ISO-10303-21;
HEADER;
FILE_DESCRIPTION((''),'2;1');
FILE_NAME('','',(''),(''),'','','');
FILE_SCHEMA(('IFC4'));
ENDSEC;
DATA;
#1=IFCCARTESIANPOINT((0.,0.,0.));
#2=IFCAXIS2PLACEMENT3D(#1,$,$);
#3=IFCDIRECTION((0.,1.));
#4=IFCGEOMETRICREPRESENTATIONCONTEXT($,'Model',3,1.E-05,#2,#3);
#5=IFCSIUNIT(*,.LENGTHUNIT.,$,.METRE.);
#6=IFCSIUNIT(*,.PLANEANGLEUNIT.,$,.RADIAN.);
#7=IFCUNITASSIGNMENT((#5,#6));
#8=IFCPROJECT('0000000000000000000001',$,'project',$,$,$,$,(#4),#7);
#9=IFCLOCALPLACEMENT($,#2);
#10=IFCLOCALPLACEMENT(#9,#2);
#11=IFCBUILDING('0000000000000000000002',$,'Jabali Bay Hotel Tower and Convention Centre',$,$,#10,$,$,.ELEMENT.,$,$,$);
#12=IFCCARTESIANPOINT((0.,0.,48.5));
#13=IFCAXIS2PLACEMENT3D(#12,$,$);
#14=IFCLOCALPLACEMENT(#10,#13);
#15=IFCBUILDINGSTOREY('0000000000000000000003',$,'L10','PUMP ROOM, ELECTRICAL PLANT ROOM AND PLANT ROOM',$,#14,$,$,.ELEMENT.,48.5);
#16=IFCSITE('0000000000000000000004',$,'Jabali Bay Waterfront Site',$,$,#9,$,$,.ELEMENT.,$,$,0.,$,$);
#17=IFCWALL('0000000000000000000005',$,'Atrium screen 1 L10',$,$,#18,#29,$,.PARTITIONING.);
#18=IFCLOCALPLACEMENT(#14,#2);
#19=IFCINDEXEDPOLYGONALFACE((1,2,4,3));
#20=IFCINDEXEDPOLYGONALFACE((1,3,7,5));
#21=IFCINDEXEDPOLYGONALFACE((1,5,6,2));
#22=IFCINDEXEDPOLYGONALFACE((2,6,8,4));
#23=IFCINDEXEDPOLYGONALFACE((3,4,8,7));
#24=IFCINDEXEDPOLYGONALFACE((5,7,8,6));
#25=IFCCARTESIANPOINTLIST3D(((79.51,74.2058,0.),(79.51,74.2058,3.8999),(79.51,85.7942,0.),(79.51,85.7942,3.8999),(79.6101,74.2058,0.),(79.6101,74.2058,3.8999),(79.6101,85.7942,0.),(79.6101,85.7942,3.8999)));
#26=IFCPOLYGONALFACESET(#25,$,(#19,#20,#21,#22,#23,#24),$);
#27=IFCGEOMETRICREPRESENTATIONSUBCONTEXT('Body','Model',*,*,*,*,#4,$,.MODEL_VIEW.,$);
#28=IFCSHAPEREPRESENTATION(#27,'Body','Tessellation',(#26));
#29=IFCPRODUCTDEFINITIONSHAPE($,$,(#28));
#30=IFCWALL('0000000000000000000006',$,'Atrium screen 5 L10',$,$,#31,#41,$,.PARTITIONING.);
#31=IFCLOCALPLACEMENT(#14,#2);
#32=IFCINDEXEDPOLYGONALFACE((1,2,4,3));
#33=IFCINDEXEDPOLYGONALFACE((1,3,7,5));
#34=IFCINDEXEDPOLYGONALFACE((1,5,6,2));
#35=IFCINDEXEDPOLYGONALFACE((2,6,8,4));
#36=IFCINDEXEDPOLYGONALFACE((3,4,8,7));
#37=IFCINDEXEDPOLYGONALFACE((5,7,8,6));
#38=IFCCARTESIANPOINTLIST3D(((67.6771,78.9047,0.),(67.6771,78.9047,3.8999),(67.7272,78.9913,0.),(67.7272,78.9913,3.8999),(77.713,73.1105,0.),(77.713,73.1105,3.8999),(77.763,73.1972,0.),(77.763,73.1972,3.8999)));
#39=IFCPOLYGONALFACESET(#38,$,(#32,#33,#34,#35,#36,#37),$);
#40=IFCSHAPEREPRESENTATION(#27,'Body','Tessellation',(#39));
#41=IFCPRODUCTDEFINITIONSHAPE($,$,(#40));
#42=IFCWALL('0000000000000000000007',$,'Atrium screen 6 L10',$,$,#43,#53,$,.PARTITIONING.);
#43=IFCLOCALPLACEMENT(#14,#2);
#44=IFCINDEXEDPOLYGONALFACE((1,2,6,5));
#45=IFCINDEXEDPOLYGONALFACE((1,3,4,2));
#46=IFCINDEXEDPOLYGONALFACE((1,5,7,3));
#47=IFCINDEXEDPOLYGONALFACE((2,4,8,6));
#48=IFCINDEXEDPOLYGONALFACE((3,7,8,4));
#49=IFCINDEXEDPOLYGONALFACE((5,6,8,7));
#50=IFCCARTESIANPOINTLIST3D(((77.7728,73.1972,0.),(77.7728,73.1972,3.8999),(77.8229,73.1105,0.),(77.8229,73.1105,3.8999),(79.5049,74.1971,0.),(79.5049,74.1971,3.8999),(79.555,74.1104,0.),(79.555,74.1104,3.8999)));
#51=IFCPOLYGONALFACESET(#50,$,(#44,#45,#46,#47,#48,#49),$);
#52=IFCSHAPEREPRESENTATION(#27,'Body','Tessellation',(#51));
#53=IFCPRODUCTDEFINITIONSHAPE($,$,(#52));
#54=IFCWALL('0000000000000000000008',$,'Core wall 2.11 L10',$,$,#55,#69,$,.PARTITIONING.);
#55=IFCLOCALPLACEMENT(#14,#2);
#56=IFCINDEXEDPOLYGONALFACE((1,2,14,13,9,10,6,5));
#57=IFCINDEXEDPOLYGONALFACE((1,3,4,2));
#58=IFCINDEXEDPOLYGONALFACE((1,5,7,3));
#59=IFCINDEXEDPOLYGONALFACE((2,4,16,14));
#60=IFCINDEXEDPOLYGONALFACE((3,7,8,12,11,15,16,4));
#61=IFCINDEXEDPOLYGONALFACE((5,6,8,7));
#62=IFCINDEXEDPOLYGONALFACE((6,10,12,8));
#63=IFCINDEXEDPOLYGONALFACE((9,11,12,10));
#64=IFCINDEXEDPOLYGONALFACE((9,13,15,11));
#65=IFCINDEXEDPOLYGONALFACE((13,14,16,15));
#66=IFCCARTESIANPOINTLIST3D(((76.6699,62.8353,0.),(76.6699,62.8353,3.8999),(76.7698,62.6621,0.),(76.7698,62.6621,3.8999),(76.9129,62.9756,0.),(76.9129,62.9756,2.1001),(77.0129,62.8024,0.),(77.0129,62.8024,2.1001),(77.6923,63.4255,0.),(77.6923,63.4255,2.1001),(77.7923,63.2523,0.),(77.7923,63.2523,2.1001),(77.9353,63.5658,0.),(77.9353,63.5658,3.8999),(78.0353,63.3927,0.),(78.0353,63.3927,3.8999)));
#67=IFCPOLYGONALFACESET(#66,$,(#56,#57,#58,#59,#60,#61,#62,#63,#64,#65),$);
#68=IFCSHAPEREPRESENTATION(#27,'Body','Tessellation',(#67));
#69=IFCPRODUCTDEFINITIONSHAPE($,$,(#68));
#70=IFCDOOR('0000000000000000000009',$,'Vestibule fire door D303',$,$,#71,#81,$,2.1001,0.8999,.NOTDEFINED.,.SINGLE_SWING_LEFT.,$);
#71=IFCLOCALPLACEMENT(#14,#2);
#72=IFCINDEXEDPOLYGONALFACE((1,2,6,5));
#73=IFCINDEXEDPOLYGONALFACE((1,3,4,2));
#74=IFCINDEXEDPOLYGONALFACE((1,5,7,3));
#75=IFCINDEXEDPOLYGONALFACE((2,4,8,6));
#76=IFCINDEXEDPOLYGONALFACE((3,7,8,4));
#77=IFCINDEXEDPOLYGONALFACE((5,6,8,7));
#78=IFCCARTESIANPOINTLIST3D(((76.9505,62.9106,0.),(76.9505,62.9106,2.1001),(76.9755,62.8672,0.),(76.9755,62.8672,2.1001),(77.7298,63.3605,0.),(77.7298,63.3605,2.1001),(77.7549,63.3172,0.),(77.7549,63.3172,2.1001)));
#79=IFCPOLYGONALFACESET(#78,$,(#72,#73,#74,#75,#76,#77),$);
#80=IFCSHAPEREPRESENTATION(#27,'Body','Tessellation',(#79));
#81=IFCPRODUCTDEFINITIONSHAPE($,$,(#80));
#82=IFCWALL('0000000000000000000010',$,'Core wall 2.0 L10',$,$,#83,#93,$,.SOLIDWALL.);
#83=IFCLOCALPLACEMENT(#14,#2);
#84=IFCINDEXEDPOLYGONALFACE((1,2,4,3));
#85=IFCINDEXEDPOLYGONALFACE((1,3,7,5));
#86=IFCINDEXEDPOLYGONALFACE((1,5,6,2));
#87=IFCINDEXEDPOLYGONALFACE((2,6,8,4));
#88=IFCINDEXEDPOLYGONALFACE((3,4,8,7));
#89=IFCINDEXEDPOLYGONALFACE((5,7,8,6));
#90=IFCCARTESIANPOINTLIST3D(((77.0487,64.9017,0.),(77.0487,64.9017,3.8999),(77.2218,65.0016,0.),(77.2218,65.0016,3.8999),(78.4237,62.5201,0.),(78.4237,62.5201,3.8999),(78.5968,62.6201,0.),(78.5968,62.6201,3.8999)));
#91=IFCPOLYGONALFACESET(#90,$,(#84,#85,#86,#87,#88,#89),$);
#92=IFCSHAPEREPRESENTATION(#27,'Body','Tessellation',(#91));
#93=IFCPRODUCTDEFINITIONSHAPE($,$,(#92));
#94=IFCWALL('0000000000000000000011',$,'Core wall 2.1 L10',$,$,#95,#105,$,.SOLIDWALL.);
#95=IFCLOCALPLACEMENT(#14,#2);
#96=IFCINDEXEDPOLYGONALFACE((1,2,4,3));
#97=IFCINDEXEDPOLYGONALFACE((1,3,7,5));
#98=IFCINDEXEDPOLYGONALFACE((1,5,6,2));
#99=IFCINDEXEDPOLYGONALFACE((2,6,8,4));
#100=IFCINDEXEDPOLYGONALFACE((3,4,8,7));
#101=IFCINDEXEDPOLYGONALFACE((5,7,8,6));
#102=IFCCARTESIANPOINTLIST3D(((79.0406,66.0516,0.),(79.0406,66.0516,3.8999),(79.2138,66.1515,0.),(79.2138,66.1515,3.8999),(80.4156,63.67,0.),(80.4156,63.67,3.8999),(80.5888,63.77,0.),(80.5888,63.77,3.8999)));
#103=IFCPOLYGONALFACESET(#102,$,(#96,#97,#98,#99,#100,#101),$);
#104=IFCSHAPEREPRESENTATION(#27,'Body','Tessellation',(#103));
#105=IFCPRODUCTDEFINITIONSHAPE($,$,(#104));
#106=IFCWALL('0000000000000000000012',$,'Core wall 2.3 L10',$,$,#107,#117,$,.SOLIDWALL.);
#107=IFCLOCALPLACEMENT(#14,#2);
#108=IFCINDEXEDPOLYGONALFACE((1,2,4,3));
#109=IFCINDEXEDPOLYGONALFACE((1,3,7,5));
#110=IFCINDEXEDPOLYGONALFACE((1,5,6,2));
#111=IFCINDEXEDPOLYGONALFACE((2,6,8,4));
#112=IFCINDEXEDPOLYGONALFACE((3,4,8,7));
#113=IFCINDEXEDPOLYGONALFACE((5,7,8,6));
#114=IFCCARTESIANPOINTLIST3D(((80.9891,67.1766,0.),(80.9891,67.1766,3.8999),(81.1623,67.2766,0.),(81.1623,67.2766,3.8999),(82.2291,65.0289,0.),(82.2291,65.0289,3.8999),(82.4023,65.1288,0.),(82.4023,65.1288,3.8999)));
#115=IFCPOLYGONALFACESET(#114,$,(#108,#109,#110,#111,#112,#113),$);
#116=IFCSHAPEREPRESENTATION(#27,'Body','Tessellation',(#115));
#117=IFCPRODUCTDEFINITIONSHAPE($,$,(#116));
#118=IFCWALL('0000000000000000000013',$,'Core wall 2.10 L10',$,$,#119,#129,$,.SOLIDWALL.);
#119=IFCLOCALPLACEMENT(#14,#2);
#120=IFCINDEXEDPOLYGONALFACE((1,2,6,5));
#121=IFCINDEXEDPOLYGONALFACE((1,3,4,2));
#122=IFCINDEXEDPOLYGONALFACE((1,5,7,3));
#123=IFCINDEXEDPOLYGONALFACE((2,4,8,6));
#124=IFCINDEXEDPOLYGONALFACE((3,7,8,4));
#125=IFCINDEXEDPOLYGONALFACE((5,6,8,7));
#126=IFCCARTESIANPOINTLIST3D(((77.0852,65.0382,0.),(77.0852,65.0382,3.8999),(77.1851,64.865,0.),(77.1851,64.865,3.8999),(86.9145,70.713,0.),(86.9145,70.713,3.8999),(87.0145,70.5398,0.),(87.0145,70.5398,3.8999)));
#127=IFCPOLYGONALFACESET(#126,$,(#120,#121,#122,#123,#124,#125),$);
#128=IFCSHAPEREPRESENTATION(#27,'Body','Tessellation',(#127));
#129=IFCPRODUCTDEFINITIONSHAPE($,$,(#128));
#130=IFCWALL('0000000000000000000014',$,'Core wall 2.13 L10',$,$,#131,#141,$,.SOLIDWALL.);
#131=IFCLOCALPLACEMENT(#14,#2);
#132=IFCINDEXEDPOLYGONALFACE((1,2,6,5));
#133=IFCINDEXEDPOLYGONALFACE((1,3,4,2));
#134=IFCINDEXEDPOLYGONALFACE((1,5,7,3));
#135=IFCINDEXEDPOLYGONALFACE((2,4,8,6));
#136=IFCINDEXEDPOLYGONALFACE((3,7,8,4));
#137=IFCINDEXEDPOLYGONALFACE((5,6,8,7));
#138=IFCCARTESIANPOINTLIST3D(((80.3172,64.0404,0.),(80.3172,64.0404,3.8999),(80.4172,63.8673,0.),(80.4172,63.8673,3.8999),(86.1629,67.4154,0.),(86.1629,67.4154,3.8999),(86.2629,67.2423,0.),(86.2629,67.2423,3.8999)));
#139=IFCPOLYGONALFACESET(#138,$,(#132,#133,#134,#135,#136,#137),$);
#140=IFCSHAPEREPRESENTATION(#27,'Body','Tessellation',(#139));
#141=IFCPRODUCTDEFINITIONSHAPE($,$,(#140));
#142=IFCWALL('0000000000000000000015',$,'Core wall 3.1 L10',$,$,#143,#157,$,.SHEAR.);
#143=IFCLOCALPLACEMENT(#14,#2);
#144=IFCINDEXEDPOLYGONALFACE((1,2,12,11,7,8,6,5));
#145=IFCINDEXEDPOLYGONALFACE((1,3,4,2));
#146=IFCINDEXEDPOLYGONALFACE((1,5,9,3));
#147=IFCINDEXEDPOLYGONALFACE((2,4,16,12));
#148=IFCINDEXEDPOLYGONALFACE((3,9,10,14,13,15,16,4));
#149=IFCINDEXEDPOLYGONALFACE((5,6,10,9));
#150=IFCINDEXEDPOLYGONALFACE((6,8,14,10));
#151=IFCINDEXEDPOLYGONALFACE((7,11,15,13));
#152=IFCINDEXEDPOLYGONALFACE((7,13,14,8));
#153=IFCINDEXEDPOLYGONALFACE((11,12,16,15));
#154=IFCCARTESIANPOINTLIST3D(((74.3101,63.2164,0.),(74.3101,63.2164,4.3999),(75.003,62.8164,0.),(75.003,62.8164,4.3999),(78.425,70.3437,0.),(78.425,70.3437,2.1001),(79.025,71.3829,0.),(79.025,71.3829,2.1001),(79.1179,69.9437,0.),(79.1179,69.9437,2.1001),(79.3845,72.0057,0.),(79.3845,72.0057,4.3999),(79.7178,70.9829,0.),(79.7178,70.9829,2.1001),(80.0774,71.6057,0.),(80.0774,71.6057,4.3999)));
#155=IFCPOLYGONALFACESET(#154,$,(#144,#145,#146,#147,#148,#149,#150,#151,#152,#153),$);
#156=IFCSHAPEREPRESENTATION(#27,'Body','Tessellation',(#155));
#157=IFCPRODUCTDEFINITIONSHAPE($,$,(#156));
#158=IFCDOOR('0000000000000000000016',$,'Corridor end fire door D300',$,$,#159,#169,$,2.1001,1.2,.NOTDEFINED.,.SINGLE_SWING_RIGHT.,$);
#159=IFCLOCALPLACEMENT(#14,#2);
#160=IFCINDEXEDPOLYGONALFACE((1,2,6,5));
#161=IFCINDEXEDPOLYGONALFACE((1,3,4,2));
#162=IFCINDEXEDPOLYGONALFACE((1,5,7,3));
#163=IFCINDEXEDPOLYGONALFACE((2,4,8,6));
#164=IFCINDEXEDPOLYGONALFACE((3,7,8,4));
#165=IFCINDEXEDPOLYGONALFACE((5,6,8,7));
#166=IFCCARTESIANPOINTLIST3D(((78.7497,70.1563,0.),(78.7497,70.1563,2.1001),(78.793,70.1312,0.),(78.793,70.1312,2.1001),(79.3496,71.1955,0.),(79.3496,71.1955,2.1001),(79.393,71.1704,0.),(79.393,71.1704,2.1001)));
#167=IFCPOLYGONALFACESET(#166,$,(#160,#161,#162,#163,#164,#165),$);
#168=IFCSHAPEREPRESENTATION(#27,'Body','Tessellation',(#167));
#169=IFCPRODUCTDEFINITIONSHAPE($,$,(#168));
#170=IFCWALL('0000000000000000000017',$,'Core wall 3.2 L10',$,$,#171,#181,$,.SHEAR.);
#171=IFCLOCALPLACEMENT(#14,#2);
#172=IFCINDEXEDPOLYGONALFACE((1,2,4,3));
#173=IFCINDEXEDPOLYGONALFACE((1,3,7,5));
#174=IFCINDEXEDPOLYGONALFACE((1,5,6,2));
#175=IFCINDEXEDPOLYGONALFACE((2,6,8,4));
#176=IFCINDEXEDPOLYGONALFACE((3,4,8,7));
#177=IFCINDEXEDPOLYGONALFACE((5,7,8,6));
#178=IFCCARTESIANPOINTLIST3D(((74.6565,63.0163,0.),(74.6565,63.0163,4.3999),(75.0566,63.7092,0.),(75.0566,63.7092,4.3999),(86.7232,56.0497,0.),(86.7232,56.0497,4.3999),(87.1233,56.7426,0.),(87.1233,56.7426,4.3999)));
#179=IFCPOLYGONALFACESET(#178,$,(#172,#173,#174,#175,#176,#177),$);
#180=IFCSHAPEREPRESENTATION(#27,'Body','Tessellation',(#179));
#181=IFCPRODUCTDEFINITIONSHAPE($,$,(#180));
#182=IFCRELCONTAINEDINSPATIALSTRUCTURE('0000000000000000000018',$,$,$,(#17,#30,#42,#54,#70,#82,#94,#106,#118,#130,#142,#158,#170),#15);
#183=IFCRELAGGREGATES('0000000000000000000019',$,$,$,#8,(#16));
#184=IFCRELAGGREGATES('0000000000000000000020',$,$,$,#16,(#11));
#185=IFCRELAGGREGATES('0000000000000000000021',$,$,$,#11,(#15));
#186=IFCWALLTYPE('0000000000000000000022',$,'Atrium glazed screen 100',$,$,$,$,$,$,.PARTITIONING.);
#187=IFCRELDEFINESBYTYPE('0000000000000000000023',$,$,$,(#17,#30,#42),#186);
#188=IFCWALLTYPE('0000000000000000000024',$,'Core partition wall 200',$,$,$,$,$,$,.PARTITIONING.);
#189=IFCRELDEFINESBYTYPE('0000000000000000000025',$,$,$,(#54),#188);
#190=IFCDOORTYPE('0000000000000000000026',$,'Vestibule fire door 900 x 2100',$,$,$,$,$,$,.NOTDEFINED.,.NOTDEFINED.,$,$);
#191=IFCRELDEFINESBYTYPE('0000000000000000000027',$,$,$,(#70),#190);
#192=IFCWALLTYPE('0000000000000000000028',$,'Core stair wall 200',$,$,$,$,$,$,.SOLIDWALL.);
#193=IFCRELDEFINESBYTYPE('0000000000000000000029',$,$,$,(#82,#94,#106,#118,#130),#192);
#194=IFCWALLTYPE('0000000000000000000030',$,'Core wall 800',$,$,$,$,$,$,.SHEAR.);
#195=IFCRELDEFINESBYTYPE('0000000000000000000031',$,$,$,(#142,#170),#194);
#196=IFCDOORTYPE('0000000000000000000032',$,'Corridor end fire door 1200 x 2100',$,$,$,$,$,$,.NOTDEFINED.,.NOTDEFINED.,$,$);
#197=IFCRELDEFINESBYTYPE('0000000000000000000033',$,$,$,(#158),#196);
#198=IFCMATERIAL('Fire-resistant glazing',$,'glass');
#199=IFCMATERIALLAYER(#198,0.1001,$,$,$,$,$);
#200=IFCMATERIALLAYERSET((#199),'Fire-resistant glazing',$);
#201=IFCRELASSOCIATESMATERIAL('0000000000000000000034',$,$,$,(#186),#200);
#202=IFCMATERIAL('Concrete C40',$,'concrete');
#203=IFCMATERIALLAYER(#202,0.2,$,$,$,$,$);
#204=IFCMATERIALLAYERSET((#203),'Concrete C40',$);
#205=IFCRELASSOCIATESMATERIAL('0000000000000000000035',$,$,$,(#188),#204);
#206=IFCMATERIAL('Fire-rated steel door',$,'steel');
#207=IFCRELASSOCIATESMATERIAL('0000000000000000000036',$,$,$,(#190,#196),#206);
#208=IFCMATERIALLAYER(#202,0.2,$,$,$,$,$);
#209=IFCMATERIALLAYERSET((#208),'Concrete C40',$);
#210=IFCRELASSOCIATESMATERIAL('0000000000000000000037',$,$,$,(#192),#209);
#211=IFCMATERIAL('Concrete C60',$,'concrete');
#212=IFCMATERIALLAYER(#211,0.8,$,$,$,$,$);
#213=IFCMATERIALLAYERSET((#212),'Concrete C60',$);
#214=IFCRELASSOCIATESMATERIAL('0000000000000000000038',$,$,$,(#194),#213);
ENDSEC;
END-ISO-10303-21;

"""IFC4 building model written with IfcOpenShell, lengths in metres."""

from ifc_helpers import new_model, si_unit, direction, frame, frame_2d, origin, place, context, subcontext, project, spatial, rectangle, extrude, material, layer, layer_set, type_object, element, fill, save


model = new_model("IFC4")

# Units and contexts
model_context = context("Model", 3, precision=1e-05, world=origin(), true_north=direction((0.0, 1.0)))
body_context = subcontext(model_context, "Body", "Model", "MODEL_VIEW")
ifc_project = project(units=[si_unit("LENGTHUNIT", "METRE"), si_unit("PLANEANGLEUNIT", "RADIAN")], contexts=[model_context])

# Site, building, storey
site_placement = place(None, origin())
site = spatial("IfcSite", under=ifc_project, at=site_placement, Name="Jabali Bay Waterfront Site", CompositionType="ELEMENT", RefElevation=0.0)
building_placement = place(site_placement, origin())
building = spatial("IfcBuilding", under=site, at=building_placement, Name="Jabali Bay Hotel Tower and Convention Centre", CompositionType="ELEMENT")
storey_placement = place(building_placement, frame((0.0, 0.0, 48.5)))
storey = spatial("IfcBuildingStorey", under=building, at=storey_placement, Name="L10", Description="PUMP ROOM, ELECTRICAL PLANT ROOM AND PLANT ROOM", CompositionType="ELEMENT", Elevation=48.5)

# Walls
ifc_material_1 = material(Name="Fire-resistant glazing", Category="glass")
ifc_layer_1 = layer(ifc_material_1, 0.1001)
ifc_layer_set_1 = layer_set([ifc_layer_1], Name="Fire-resistant glazing")
wall_type_1 = type_object("IfcWallType", Name="Atrium glazed screen 100", PredefinedType="PARTITIONING", material=ifc_layer_set_1)
for number, where, z_axis, x_axis, name in (
    (1, (79.5601, 74.2058, 0.0), (0.0, 0.0, 1.0), (0.0, 1.0, 0.0), "Atrium screen 1 L10"),
    (2, (67.7021, 78.948, 0.0), (0.0, 0.0, 1.0), (0.866027, -0.499998, 0.0), "Atrium screen 5 L10"),
):
    element("IfcWall", number, at=place(storey_placement, frame(where, z_axis=z_axis, x_axis=x_axis)), inside=storey, type_object=wall_type_1, Name=name, PredefinedType="PARTITIONING", context=body_context, shape_type="SweptSolid", body=[
        extrude(rectangle(XDim=11.5884, YDim=0.1001, at=frame_2d((5.7942, 0.0))), origin(), (0.0, 0.0, 1.0), 3.8999),
    ])
wall_1_placement = place(storey_placement, frame((77.7979, 73.1538, 0.0), z_axis=(0.0, 0.0, 1.0), x_axis=(0.866041, 0.499973, 0.0)))
element("IfcWall", 3, at=wall_1_placement, inside=storey, type_object=wall_type_1, Name="Atrium screen 6 L10", PredefinedType="PARTITIONING", context=body_context, shape_type="SweptSolid", body=[
    extrude(rectangle(XDim=2.0, YDim=0.1001, at=frame_2d((1.0, 0.0))), origin(), (0.0, 0.0, 1.0), 3.8999),
])

# Wall, opening, door
ifc_material_2 = material(Name="Concrete C40", Category="concrete")
ifc_layer_2 = layer(ifc_material_2, 0.2)
ifc_layer_set_2 = layer_set([ifc_layer_2], Name="Concrete C40")
wall_type_2 = type_object("IfcWallType", Name="Core partition wall 200", PredefinedType="PARTITIONING", material=ifc_layer_set_2)
wall_2_placement = place(storey_placement, frame((76.72, 62.7488, 0.0), z_axis=(0.0, 0.0, 1.0), x_axis=(0.866055, 0.499949, 0.0)))
wall_2 = element("IfcWall", 4, at=wall_2_placement, inside=storey, type_object=wall_type_2, Name="Core wall 2.11 L10", PredefinedType="PARTITIONING", context=body_context, shape_type="SweptSolid", body=[
    extrude(rectangle(XDim=1.4612, YDim=0.2, at=frame_2d((0.7305, 0.0))), origin(), (0.0, 0.0, 1.0), 3.8999),
])
opening_1_placement = place(wall_2_placement, frame((0.2805, 0.0, 0.0)))
opening_1 = element("IfcOpeningElement", 5, at=opening_1_placement, cuts=wall_2, PredefinedType="OPENING", context=body_context, shape_type="SweptSolid", body=[
    extrude(rectangle(XDim=0.8999, YDim=2.1001, at=frame_2d((0.45, 1.05))), frame((0.0, 0.1104, 0.0), z_axis=(0.0, -1.0, 0.0), x_axis=(1.0, 0.0, 0.0)), (0.0, 0.0, 1.0), 0.2209),
])
ifc_material_3 = material(Name="Fire-rated steel door", Category="steel")
door_type_1 = type_object("IfcDoorType", Name="Vestibule fire door 900 x 2100", OperationType="NOTDEFINED", PredefinedType="NOTDEFINED", material=ifc_material_3)
door_1_placement = place(opening_1_placement, origin())
door_1 = element("IfcDoor", 6, at=door_1_placement, inside=storey, type_object=door_type_1, Name="Vestibule fire door D303", OperationType="SINGLE_SWING_LEFT", OverallHeight=2.1001, OverallWidth=0.8999, PredefinedType="NOTDEFINED", context=body_context, shape_type="SweptSolid", body=[
    extrude(rectangle(XDim=0.8999, YDim=2.1001, at=frame_2d((0.45, 1.05))), frame((0.0, 0.0249, 0.0), z_axis=(0.0, -1.0, 0.0), x_axis=(1.0, 0.0, 0.0)), (0.0, 0.0, 1.0), 0.05),
])
fill(opening_1, door_1)

# Walls
ifc_layer_3 = layer(ifc_material_2, 0.2)
ifc_layer_set_3 = layer_set([ifc_layer_3], Name="Concrete C40")
wall_type_3 = type_object("IfcWallType", Name="Core stair wall 200", PredefinedType="SOLIDWALL", material=ifc_layer_set_3)
for number, where, z_axis, x_axis, name in (
    (7, (77.1353, 64.9517, 0.0), (0.0, 0.0, 1.0), (0.499997, -0.866027, 0.0), "Core wall 2.0 L10"),
    (8, (79.1272, 66.1016, 0.0), (0.0, 0.0, 1.0), (0.499997, -0.866027, 0.0), "Core wall 2.1 L10"),
):
    element("IfcWall", number, at=place(storey_placement, frame(where, z_axis=z_axis, x_axis=x_axis)), inside=storey, type_object=wall_type_3, Name=name, PredefinedType="SOLIDWALL", context=body_context, shape_type="SweptSolid", body=[
        extrude(rectangle(XDim=2.75, YDim=0.2, at=frame_2d((1.375, 0.0))), origin(), (0.0, 0.0, 1.0), 3.8999),
    ])
wall_3_placement = place(storey_placement, frame((81.0757, 67.2266, 0.0), z_axis=(0.0, 0.0, 1.0), x_axis=(0.500004, -0.866023, 0.0)))
element("IfcWall", 9, at=wall_3_placement, inside=storey, type_object=wall_type_3, Name="Core wall 2.3 L10", PredefinedType="SOLIDWALL", context=body_context, shape_type="SweptSolid", body=[
    extrude(rectangle(XDim=2.48, YDim=0.2, at=frame_2d((1.24, 0.0))), origin(), (0.0, 0.0, 1.0), 3.8999),
])
wall_4_placement = place(storey_placement, frame((77.1353, 64.9517, 0.0), z_axis=(0.0, 0.0, 1.0), x_axis=(0.866032, 0.499989, 0.0)))
element("IfcWall", 10, at=wall_4_placement, inside=storey, type_object=wall_type_3, Name="Core wall 2.10 L10", PredefinedType="SOLIDWALL", context=body_context, shape_type="SweptSolid", body=[
    extrude(rectangle(XDim=11.3499, YDim=0.2, at=frame_2d((5.6748, 0.0))), origin(), (0.0, 0.0, 1.0), 3.8999),
])
wall_5_placement = place(storey_placement, frame((80.3672, 63.9539, 0.0), z_axis=(0.0, 0.0, 1.0), x_axis=(0.866027, 0.499998, 0.0)))
element("IfcWall", 11, at=wall_5_placement, inside=storey, type_object=wall_type_3, Name="Core wall 2.13 L10", PredefinedType="SOLIDWALL", context=body_context, shape_type="SweptSolid", body=[
    extrude(rectangle(XDim=6.75, YDim=0.2, at=frame_2d((3.375, 0.0))), origin(), (0.0, 0.0, 1.0), 3.8999),
])

# Wall, opening, door
ifc_material_4 = material(Name="Concrete C60", Category="concrete")
ifc_layer_4 = layer(ifc_material_4, 0.8)
ifc_layer_set_4 = layer_set([ifc_layer_4], Name="Concrete C60")
wall_type_4 = type_object("IfcWallType", Name="Core wall 800", PredefinedType="SHEAR", material=ifc_layer_set_4)
wall_6_placement = place(storey_placement, frame((79.731, 71.8057, 0.0), z_axis=(0.0, 0.0, 1.0), x_axis=(-0.499997, -0.866027, 0.0)))
wall_6 = element("IfcWall", 12, at=wall_6_placement, inside=storey, type_object=wall_type_4, Name="Core wall 3.1 L10", PredefinedType="SHEAR", context=body_context, shape_type="SweptSolid", body=[
    extrude(rectangle(XDim=10.1489, YDim=0.8, at=frame_2d((5.0745, 0.0))), origin(), (0.0, 0.0, 1.0), 4.3999),
])
opening_2_placement = place(wall_6_placement, frame((0.719, 0.0, 0.0)))
opening_2 = element("IfcOpeningElement", 13, at=opening_2_placement, cuts=wall_6, PredefinedType="OPENING", context=body_context, shape_type="SweptSolid", body=[
    extrude(rectangle(XDim=1.2, YDim=2.1001, at=frame_2d((0.6001, 1.05))), frame((0.0, 0.4106, 0.0), z_axis=(0.0, -1.0, 0.0), x_axis=(1.0, 0.0, 0.0)), (0.0, 0.0, 1.0), 0.821),
])
door_type_2 = type_object("IfcDoorType", Name="Corridor end fire door 1200 x 2100", OperationType="NOTDEFINED", PredefinedType="NOTDEFINED", material=ifc_material_3)
door_2_placement = place(opening_2_placement, origin())
door_2 = element("IfcDoor", 14, at=door_2_placement, inside=storey, type_object=door_type_2, Name="Corridor end fire door D300", OperationType="SINGLE_SWING_RIGHT", OverallHeight=2.1001, OverallWidth=1.2, PredefinedType="NOTDEFINED", context=body_context, shape_type="SweptSolid", body=[
    extrude(rectangle(XDim=1.2, YDim=2.1001, at=frame_2d((0.6001, 1.05))), frame((0.0, 0.0249, 0.0), z_axis=(0.0, -1.0, 0.0), x_axis=(1.0, 0.0, 0.0)), (0.0, 0.0, 1.0), 0.05),
])
fill(opening_2, door_2)

# Wall
wall_7_placement = place(storey_placement, frame((74.8564, 63.3628, 0.0), z_axis=(0.0, 0.0, 1.0), x_axis=(0.866029, -0.499993, 0.0)))
element("IfcWall", 15, at=wall_7_placement, inside=storey, type_object=wall_type_4, Name="Core wall 3.2 L10", PredefinedType="SHEAR", context=body_context, shape_type="SweptSolid", body=[
    extrude(rectangle(XDim=13.9333, YDim=0.8, at=frame_2d((6.9668, 0.0))), origin(), (0.0, 0.0, 1.0), 4.3999),
])

save(model, "model.ifc")
